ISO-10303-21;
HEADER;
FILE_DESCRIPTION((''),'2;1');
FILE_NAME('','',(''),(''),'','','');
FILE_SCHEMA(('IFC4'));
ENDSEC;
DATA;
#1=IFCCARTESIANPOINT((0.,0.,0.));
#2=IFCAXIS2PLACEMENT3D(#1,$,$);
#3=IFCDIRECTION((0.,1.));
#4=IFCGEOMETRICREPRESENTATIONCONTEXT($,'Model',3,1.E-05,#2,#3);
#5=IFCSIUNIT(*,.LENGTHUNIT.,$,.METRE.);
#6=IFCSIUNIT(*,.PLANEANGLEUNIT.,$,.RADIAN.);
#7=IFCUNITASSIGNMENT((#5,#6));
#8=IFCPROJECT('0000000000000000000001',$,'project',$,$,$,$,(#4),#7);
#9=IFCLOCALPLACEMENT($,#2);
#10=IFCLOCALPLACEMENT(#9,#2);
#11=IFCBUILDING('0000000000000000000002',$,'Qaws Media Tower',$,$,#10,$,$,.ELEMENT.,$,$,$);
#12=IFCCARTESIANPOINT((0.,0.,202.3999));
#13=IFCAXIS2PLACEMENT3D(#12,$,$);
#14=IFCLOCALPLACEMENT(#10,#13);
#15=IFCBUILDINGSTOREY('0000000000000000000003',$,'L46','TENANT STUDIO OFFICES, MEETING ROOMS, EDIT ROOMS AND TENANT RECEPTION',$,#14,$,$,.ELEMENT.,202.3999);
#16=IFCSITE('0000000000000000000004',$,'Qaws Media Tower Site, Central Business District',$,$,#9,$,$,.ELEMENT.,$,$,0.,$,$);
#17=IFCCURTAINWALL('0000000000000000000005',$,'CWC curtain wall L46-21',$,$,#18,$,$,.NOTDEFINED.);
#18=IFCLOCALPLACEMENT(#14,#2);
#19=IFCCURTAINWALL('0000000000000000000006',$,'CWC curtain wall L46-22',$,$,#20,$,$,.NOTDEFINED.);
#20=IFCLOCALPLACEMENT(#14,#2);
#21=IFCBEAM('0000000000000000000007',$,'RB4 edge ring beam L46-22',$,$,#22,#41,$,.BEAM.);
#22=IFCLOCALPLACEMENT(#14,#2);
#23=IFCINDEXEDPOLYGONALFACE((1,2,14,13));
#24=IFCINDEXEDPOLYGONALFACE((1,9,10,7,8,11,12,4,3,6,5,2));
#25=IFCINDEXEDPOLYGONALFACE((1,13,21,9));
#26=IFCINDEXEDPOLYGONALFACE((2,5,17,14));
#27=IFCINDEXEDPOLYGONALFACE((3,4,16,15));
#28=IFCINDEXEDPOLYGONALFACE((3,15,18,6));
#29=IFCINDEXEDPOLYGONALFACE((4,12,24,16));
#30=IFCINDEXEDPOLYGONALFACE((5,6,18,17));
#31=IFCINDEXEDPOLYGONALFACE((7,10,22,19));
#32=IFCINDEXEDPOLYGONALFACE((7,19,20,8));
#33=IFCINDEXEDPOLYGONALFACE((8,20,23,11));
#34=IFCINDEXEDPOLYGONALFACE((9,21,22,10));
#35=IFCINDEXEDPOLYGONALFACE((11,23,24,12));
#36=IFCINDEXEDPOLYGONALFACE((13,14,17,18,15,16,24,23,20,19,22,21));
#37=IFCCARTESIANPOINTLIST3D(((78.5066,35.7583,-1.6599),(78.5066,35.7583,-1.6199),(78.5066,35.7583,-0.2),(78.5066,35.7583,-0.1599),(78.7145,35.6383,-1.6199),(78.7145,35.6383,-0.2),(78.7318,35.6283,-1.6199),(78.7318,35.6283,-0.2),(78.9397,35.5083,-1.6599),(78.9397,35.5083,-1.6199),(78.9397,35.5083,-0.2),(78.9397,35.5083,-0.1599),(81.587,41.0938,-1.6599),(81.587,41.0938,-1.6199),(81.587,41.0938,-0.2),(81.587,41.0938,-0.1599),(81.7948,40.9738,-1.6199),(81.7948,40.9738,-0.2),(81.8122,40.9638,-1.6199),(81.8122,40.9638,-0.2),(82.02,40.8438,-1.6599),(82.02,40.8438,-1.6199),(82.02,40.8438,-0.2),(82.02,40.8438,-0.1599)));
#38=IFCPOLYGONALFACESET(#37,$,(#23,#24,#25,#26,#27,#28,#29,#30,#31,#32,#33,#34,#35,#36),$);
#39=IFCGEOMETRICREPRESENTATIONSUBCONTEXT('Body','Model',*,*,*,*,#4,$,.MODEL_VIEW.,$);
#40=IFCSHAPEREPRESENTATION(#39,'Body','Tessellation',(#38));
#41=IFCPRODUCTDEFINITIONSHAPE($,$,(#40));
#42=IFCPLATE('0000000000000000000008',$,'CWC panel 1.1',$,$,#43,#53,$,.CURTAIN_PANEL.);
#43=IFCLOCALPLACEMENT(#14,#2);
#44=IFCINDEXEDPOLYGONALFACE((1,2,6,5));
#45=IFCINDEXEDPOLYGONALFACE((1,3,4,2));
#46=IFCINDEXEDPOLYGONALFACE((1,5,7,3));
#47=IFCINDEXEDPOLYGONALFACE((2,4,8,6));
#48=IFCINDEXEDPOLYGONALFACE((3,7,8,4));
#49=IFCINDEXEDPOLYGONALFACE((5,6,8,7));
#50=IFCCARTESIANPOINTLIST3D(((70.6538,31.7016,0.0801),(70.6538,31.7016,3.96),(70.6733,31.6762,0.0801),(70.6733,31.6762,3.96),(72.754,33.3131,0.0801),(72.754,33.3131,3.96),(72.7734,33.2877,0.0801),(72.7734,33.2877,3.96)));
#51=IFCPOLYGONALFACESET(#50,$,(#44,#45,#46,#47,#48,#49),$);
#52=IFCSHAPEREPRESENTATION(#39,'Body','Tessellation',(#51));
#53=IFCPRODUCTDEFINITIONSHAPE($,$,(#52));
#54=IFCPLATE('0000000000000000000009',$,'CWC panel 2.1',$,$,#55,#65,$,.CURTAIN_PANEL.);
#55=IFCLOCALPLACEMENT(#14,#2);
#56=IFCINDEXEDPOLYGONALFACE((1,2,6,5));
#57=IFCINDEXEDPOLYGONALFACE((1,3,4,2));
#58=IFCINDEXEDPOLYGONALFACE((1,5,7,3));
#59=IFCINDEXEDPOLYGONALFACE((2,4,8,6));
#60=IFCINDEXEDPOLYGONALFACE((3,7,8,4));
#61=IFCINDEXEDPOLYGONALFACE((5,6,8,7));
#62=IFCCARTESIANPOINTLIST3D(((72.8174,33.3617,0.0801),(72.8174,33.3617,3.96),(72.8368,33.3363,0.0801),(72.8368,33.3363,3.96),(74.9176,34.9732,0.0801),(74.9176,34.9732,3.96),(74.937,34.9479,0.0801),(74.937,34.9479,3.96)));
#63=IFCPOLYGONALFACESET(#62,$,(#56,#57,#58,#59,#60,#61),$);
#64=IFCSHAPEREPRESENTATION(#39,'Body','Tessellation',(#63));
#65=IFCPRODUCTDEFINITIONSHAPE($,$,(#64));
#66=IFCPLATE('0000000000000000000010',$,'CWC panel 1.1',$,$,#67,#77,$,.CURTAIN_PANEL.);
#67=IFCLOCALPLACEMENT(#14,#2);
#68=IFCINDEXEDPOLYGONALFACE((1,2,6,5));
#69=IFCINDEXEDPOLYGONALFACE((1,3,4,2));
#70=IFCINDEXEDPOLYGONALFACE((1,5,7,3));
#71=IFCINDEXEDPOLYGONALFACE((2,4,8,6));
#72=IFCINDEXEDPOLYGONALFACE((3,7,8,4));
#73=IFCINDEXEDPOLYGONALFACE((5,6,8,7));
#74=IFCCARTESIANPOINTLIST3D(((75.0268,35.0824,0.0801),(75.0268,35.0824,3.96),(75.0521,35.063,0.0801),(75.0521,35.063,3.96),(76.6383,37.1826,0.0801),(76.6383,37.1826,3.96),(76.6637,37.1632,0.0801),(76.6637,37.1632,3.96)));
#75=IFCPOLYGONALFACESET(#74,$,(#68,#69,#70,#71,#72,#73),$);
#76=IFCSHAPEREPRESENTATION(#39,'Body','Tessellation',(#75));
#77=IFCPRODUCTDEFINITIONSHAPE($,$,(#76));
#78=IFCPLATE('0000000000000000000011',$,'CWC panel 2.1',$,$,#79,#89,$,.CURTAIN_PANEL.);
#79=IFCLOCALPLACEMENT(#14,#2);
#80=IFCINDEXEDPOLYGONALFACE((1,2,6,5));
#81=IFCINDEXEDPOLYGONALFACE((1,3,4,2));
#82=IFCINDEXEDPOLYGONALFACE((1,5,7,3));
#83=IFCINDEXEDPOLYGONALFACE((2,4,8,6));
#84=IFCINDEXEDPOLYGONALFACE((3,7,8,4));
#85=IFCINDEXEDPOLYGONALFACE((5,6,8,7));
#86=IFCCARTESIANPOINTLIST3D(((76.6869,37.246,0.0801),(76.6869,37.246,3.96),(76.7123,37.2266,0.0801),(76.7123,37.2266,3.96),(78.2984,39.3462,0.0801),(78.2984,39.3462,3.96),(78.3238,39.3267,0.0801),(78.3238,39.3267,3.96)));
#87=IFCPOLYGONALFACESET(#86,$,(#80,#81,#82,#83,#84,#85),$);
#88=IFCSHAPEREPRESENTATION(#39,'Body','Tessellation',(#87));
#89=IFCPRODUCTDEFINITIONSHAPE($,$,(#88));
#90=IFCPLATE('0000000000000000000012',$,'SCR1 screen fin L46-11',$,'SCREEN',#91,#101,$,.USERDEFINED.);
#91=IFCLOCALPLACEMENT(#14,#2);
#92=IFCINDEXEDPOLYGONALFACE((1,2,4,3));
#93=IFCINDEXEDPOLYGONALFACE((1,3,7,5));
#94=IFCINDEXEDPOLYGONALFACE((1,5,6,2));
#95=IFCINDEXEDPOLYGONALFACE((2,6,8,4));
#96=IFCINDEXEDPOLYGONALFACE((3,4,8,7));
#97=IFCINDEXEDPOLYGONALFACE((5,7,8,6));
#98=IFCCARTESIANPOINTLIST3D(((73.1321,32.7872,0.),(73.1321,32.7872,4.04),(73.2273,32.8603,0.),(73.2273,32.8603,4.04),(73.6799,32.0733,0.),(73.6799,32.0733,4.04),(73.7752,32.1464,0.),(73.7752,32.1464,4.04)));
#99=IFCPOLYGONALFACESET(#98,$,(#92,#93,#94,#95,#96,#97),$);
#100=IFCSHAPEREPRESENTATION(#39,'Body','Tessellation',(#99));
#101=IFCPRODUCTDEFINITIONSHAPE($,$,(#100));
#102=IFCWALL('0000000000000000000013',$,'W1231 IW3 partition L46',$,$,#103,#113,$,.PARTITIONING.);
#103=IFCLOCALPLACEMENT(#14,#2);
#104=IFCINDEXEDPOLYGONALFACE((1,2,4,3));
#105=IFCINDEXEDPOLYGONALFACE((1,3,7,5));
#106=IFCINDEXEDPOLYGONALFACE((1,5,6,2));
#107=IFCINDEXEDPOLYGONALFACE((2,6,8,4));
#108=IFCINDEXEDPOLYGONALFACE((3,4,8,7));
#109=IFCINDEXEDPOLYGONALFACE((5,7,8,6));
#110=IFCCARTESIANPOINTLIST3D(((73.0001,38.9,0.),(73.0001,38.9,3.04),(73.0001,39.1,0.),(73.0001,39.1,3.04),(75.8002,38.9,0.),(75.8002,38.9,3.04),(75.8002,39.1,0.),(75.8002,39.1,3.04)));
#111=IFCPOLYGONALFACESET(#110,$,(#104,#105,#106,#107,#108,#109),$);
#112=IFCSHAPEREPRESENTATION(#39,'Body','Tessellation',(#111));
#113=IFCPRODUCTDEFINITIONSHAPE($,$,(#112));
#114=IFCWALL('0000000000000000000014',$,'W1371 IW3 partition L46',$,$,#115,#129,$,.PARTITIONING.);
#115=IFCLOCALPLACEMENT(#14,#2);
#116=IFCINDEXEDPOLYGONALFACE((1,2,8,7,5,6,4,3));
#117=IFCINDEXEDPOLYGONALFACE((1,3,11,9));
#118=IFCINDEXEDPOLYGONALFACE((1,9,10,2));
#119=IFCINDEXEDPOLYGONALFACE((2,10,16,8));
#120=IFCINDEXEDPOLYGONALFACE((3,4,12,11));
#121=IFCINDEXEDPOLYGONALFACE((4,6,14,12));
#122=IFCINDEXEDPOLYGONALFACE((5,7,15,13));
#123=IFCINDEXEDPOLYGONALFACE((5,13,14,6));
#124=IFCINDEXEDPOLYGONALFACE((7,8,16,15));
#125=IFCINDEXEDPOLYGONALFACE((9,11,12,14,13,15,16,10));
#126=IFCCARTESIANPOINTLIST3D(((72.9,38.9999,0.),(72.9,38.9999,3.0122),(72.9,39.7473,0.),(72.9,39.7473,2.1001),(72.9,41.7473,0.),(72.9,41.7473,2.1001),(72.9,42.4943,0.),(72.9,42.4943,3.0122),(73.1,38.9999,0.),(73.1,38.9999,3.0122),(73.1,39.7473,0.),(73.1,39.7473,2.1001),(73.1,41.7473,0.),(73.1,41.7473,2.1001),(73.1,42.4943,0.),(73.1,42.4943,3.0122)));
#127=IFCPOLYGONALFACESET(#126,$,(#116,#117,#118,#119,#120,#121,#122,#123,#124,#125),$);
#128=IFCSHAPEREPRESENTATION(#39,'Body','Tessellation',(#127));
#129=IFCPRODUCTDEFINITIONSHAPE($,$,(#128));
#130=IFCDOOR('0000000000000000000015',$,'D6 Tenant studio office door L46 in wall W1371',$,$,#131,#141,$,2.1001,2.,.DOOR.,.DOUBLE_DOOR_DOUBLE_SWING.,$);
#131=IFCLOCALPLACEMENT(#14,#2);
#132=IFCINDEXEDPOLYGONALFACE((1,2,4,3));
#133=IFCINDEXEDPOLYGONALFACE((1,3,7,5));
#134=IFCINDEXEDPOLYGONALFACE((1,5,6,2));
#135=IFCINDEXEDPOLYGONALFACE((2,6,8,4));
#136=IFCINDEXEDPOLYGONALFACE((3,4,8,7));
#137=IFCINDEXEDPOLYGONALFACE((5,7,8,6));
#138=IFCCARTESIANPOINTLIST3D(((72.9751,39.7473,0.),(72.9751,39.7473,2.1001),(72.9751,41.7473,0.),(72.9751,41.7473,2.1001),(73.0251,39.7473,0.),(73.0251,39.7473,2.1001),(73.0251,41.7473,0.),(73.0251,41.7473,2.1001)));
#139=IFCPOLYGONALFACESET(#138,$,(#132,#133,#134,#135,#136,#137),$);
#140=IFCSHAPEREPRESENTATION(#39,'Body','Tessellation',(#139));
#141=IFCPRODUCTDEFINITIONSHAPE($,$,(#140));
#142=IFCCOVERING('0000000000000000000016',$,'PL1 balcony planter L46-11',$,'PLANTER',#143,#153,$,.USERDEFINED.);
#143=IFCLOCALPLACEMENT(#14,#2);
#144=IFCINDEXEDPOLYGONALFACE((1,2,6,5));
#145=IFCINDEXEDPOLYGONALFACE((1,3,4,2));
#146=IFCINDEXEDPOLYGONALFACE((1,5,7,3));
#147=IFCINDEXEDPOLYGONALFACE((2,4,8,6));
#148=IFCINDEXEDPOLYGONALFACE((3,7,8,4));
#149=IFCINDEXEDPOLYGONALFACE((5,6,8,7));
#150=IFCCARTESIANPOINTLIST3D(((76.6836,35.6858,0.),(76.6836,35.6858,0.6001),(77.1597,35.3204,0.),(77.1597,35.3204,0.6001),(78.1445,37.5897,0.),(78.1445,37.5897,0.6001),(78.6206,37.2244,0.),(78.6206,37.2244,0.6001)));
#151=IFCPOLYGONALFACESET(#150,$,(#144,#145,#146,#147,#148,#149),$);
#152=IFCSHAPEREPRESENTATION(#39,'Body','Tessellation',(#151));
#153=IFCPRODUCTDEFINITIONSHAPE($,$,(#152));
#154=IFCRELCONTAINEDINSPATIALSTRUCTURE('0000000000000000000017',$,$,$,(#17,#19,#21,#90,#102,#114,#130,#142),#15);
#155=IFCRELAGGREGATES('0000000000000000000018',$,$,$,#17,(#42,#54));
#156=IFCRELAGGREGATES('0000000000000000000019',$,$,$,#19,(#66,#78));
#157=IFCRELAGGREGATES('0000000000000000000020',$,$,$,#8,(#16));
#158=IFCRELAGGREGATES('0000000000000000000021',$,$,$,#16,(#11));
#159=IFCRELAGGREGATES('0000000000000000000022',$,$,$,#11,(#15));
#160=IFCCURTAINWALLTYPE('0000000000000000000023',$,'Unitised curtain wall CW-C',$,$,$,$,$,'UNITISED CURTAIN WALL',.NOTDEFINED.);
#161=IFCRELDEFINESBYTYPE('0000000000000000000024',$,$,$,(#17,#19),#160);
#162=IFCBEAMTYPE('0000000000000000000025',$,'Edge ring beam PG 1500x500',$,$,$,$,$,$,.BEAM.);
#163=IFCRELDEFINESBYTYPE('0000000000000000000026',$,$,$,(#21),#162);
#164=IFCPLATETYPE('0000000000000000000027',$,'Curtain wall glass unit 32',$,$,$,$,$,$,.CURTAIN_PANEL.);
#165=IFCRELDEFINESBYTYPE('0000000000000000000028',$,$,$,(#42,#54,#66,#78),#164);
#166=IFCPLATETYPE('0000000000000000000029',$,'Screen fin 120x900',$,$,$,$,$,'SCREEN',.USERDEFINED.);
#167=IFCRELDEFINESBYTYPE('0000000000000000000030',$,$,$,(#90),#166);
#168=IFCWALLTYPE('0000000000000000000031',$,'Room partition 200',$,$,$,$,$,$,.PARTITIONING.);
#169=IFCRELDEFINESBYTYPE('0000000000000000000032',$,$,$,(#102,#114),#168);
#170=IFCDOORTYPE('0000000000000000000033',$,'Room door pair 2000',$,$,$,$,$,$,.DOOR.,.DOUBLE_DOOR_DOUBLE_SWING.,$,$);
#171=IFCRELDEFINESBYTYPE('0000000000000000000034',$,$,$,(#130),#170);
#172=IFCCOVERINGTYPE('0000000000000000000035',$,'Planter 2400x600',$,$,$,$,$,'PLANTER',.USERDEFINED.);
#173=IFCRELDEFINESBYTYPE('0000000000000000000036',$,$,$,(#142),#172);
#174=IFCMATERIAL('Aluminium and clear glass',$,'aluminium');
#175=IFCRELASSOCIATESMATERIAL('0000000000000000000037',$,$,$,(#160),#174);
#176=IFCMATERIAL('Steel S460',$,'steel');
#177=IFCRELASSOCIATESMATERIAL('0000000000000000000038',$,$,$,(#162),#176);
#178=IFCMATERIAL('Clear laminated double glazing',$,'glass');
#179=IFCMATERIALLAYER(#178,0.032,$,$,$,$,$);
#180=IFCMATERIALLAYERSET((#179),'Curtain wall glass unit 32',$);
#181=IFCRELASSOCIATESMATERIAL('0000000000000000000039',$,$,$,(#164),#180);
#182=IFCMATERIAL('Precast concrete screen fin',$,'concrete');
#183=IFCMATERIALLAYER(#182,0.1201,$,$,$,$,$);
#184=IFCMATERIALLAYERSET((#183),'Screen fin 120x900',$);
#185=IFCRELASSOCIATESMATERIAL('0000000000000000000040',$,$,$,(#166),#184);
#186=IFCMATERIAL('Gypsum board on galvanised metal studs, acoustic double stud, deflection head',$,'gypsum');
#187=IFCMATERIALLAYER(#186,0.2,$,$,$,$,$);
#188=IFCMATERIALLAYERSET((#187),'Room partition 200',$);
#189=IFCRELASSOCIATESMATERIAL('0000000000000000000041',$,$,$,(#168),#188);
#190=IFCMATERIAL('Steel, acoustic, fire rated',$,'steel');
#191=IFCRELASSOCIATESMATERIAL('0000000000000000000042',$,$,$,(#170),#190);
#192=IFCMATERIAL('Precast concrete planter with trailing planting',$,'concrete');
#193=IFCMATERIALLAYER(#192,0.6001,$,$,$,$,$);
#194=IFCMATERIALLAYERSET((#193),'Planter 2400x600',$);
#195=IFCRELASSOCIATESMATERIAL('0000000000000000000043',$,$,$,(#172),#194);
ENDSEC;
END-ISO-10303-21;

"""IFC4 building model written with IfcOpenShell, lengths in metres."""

from ifc_helpers import new_model, si_unit, direction, frame, frame_2d, origin, origin_2d, place, context, subcontext, project, spatial, rectangle, i_section, extrude, material, layer, layer_set, material_profile, profile_set, type_object, element, fill, aggregate, save


model = new_model("IFC4")

# Units and contexts
model_context = context("Model", 3, precision=1e-05, world=origin(), true_north=direction((0.0, 1.0)))
body_context = subcontext(model_context, "Body", "Model", "MODEL_VIEW")
ifc_project = project(units=[si_unit("LENGTHUNIT", "METRE"), si_unit("PLANEANGLEUNIT", "RADIAN")], contexts=[model_context])

# Site, building, storey
site_placement = place(None, origin())
site = spatial("IfcSite", under=ifc_project, at=site_placement, Name="Qaws Media Tower Site, Central Business District", CompositionType="ELEMENT", RefElevation=0.0)
building_placement = place(site_placement, origin())
building = spatial("IfcBuilding", under=site, at=building_placement, Name="Qaws Media Tower", CompositionType="ELEMENT")
storey_placement = place(building_placement, frame((0.0, 0.0, 202.3999)))
storey = spatial("IfcBuildingStorey", under=building, at=storey_placement, Name="L46", Description="TENANT STUDIO OFFICES, MEETING ROOMS, EDIT ROOMS AND TENANT RECEPTION", CompositionType="ELEMENT", Elevation=202.3999)

# Curtain walls
ifc_material_1 = material(Name="Aluminium and clear glass", Category="aluminium")
curtain_wall_type = type_object("IfcCurtainWallType", Name="Unitised curtain wall CW-C", ElementType="UNITISED CURTAIN WALL", PredefinedType="NOTDEFINED", material=ifc_material_1)
curtain_wall_1_placement = place(storey_placement, origin())
curtain_wall_1 = element("IfcCurtainWall", 1, at=curtain_wall_1_placement, inside=storey, type_object=curtain_wall_type, Name="CWC curtain wall L46-21", PredefinedType="NOTDEFINED")
curtain_wall_2_placement = place(storey_placement, origin())
curtain_wall_2 = element("IfcCurtainWall", 2, at=curtain_wall_2_placement, inside=storey, type_object=curtain_wall_type, Name="CWC curtain wall L46-22", PredefinedType="NOTDEFINED")

# Beam
ifc_material_2 = material(Name="Steel S460", Category="steel")
ifc_material_profile_1 = material_profile(ifc_material_2, i_section(OverallWidth=0.5, OverallDepth=1.5, WebThickness=0.02, FlangeThickness=0.04, at=origin_2d()), Name="PG 1500x500")
ifc_profile_set_1 = profile_set([ifc_material_profile_1], Name="Steel S460")
beam_type = type_object("IfcBeamType", Name="Edge ring beam PG 1500x500", PredefinedType="BEAM", material=ifc_profile_set_1)
for number, where, z_axis, x_axis, name in (
    (3, (78.7231, 35.6333, -0.9099), (0.499988, 0.866032, 0.0), (-0.866032, 0.499988, 0.0), "RB4 edge ring beam L46-22"),
):
    element("IfcBeam", number, at=place(storey_placement, frame(where, z_axis=z_axis, x_axis=x_axis)), inside=storey, type_object=beam_type, Name=name, PredefinedType="BEAM", context=body_context, shape_type="SweptSolid", body=[
        extrude(i_section(OverallWidth=0.5, OverallDepth=1.5, WebThickness=0.02, FlangeThickness=0.04, at=origin_2d()), origin(), (0.0, 0.0, 1.0), 6.1609),
    ])

# Plates
ifc_material_3 = material(Name="Clear laminated double glazing", Category="glass")
ifc_layer_1 = layer(ifc_material_3, 0.032)
ifc_layer_set_1 = layer_set([ifc_layer_1], Name="Curtain wall glass unit 32")
plate_type_1 = type_object("IfcPlateType", Name="Curtain wall glass unit 32", PredefinedType="CURTAIN_PANEL", material=ifc_layer_set_1)
plate_1_placement = place(storey_placement, frame((71.7136, 32.4946, 0.0801), z_axis=(0.0, 0.0, 1.0), x_axis=(0.793353, 0.608761, 0.0)))
plate_1 = element("IfcPlate", 4, at=plate_1_placement, type_object=plate_type_1, Name="CWC panel 1.1", PredefinedType="CURTAIN_PANEL", context=body_context, shape_type="SweptSolid", body=[
    extrude(rectangle(XDim=2.6472, YDim=0.032, at=origin_2d()), origin(), (0.0, 0.0, 1.0), 3.8799),
])
plate_2_placement = place(storey_placement, frame((73.8772, 34.1548, 0.0801), z_axis=(0.0, 0.0, 1.0), x_axis=(0.793353, 0.608761, 0.0)))
plate_2 = element("IfcPlate", 5, at=plate_2_placement, type_object=plate_type_1, Name="CWC panel 2.1", PredefinedType="CURTAIN_PANEL", context=body_context, shape_type="SweptSolid", body=[
    extrude(rectangle(XDim=2.6472, YDim=0.032, at=origin_2d()), origin(), (0.0, 0.0, 1.0), 3.8799),
])
aggregate(curtain_wall_1, [plate_1, plate_2])
plate_3_placement = place(storey_placement, frame((75.8452, 36.1228, 0.0801), z_axis=(0.0, 0.0, 1.0), x_axis=(0.608761, 0.793353, 0.0)))
plate_3 = element("IfcPlate", 6, at=plate_3_placement, type_object=plate_type_1, Name="CWC panel 1.1", PredefinedType="CURTAIN_PANEL", context=body_context, shape_type="SweptSolid", body=[
    extrude(rectangle(XDim=2.6472, YDim=0.032, at=origin_2d()), origin(), (0.0, 0.0, 1.0), 3.8799),
])
plate_4_placement = place(storey_placement, frame((77.5054, 38.2864, 0.0801), z_axis=(0.0, 0.0, 1.0), x_axis=(0.608761, 0.793353, 0.0)))
plate_4 = element("IfcPlate", 7, at=plate_4_placement, type_object=plate_type_1, Name="CWC panel 2.1", PredefinedType="CURTAIN_PANEL", context=body_context, shape_type="SweptSolid", body=[
    extrude(rectangle(XDim=2.6472, YDim=0.032, at=origin_2d()), origin(), (0.0, 0.0, 1.0), 3.8799),
])
aggregate(curtain_wall_2, [plate_3, plate_4])
ifc_material_4 = material(Name="Precast concrete screen fin", Category="concrete")
ifc_layer_2 = layer(ifc_material_4, 0.1201)
ifc_layer_set_2 = layer_set([ifc_layer_2], Name="Screen fin 120x900")
plate_type_2 = type_object("IfcPlateType", Name="Screen fin 120x900", ElementType="SCREEN", PredefinedType="USERDEFINED", material=ifc_layer_set_2)
plate_5_placement = place(storey_placement, frame((73.4536, 32.4668, 0.0), z_axis=(0.0, 0.0, 1.0), x_axis=(0.608761, -0.793353, 0.0)))
element("IfcPlate", 8, at=plate_5_placement, inside=storey, type_object=plate_type_2, Name="SCR1 screen fin L46-11", ObjectType="SCREEN", PredefinedType="USERDEFINED", context=body_context, shape_type="SweptSolid", body=[
    extrude(rectangle(XDim=0.8999, YDim=0.1201, at=origin_2d()), origin(), (0.0, 0.0, 1.0), 4.04),
])

# Wall
ifc_material_5 = material(Name="Gypsum board on galvanised metal studs, acoustic double stud, deflection head", Category="gypsum")
ifc_layer_3 = layer(ifc_material_5, 0.2)
ifc_layer_set_3 = layer_set([ifc_layer_3], Name="Room partition 200")
wall_type = type_object("IfcWallType", Name="Room partition 200", PredefinedType="PARTITIONING", material=ifc_layer_set_3)
wall_1_placement = place(storey_placement, frame((75.8, 39.0, 0.0), z_axis=(0.0, 0.0, 1.0), x_axis=(-1.0, 0.0, 0.0)))
element("IfcWall", 9, at=wall_1_placement, inside=storey, type_object=wall_type, Name="W1231 IW3 partition L46", PredefinedType="PARTITIONING", context=body_context, shape_type="SweptSolid", body=[
    extrude(rectangle(XDim=2.8, YDim=0.2, at=frame_2d((1.3999, 0.0))), origin(), (0.0, 0.0, 1.0), 3.04),
])

# Wall, opening, door
wall_2_placement = place(storey_placement, frame((73.0, 39.0, 0.0), z_axis=(0.0, 0.0, 1.0), x_axis=(0.0, 1.0, 0.0)))
wall_2 = element("IfcWall", 10, at=wall_2_placement, inside=storey, type_object=wall_type, Name="W1371 IW3 partition L46", PredefinedType="PARTITIONING", context=body_context, shape_type="SweptSolid", body=[
    extrude(rectangle(XDim=3.4944, YDim=0.2, at=frame_2d((1.7471, 0.0))), origin(), (0.0, 0.0, 1.0), 3.0122),
])
opening_placement = place(wall_2_placement, frame((0.7473, 0.0, 0.0)))
opening = element("IfcOpeningElement", 11, at=opening_placement, cuts=wall_2, PredefinedType="OPENING", context=body_context, shape_type="SweptSolid", body=[
    extrude(rectangle(XDim=2.0, YDim=2.1001, at=frame_2d((1.0, 1.05))), frame((0.0, 0.1099, 0.0), z_axis=(0.0, -1.0, 0.0), x_axis=(1.0, 0.0, 0.0)), (0.0, 0.0, 1.0), 0.22),
])
ifc_material_6 = material(Name="Steel, acoustic, fire rated", Category="steel")
door_type = type_object("IfcDoorType", Name="Room door pair 2000", OperationType="DOUBLE_DOOR_DOUBLE_SWING", PredefinedType="DOOR", material=ifc_material_6)
door_placement = place(opening_placement, origin())
door = element("IfcDoor", 12, at=door_placement, inside=storey, type_object=door_type, Name="D6 Tenant studio office door L46 in wall W1371", OperationType="DOUBLE_DOOR_DOUBLE_SWING", OverallHeight=2.1001, OverallWidth=2.0, PredefinedType="DOOR", context=body_context, shape_type="SweptSolid", body=[
    extrude(rectangle(XDim=2.0, YDim=2.1001, at=frame_2d((1.0, 1.05))), frame((0.0, 0.0249, 0.0), z_axis=(0.0, -1.0, 0.0), x_axis=(1.0, 0.0, 0.0)), (0.0, 0.0, 1.0), 0.05),
])
fill(opening, door)

# Covering
ifc_material_7 = material(Name="Precast concrete planter with trailing planting", Category="concrete")
ifc_layer_4 = layer(ifc_material_7, 0.6001)
ifc_layer_set_4 = layer_set([ifc_layer_4], Name="Planter 2400x600")
covering_type = type_object("IfcCoveringType", Name="Planter 2400x600", ElementType="PLANTER", PredefinedType="USERDEFINED", material=ifc_layer_set_4)
covering_placement = place(storey_placement, frame((77.6521, 36.4551, 0.0), z_axis=(0.0, 0.0, 1.0), x_axis=(0.608761, 0.793353, 0.0)))
element("IfcCovering", 13, at=covering_placement, inside=storey, type_object=covering_type, Name="PL1 balcony planter L46-11", ObjectType="PLANTER", PredefinedType="USERDEFINED", context=body_context, shape_type="SweptSolid", body=[
    extrude(rectangle(XDim=2.3999, YDim=0.6001, at=origin_2d()), origin(), (0.0, 0.0, 1.0), 0.6001),
])

save(model, "model.ifc")
